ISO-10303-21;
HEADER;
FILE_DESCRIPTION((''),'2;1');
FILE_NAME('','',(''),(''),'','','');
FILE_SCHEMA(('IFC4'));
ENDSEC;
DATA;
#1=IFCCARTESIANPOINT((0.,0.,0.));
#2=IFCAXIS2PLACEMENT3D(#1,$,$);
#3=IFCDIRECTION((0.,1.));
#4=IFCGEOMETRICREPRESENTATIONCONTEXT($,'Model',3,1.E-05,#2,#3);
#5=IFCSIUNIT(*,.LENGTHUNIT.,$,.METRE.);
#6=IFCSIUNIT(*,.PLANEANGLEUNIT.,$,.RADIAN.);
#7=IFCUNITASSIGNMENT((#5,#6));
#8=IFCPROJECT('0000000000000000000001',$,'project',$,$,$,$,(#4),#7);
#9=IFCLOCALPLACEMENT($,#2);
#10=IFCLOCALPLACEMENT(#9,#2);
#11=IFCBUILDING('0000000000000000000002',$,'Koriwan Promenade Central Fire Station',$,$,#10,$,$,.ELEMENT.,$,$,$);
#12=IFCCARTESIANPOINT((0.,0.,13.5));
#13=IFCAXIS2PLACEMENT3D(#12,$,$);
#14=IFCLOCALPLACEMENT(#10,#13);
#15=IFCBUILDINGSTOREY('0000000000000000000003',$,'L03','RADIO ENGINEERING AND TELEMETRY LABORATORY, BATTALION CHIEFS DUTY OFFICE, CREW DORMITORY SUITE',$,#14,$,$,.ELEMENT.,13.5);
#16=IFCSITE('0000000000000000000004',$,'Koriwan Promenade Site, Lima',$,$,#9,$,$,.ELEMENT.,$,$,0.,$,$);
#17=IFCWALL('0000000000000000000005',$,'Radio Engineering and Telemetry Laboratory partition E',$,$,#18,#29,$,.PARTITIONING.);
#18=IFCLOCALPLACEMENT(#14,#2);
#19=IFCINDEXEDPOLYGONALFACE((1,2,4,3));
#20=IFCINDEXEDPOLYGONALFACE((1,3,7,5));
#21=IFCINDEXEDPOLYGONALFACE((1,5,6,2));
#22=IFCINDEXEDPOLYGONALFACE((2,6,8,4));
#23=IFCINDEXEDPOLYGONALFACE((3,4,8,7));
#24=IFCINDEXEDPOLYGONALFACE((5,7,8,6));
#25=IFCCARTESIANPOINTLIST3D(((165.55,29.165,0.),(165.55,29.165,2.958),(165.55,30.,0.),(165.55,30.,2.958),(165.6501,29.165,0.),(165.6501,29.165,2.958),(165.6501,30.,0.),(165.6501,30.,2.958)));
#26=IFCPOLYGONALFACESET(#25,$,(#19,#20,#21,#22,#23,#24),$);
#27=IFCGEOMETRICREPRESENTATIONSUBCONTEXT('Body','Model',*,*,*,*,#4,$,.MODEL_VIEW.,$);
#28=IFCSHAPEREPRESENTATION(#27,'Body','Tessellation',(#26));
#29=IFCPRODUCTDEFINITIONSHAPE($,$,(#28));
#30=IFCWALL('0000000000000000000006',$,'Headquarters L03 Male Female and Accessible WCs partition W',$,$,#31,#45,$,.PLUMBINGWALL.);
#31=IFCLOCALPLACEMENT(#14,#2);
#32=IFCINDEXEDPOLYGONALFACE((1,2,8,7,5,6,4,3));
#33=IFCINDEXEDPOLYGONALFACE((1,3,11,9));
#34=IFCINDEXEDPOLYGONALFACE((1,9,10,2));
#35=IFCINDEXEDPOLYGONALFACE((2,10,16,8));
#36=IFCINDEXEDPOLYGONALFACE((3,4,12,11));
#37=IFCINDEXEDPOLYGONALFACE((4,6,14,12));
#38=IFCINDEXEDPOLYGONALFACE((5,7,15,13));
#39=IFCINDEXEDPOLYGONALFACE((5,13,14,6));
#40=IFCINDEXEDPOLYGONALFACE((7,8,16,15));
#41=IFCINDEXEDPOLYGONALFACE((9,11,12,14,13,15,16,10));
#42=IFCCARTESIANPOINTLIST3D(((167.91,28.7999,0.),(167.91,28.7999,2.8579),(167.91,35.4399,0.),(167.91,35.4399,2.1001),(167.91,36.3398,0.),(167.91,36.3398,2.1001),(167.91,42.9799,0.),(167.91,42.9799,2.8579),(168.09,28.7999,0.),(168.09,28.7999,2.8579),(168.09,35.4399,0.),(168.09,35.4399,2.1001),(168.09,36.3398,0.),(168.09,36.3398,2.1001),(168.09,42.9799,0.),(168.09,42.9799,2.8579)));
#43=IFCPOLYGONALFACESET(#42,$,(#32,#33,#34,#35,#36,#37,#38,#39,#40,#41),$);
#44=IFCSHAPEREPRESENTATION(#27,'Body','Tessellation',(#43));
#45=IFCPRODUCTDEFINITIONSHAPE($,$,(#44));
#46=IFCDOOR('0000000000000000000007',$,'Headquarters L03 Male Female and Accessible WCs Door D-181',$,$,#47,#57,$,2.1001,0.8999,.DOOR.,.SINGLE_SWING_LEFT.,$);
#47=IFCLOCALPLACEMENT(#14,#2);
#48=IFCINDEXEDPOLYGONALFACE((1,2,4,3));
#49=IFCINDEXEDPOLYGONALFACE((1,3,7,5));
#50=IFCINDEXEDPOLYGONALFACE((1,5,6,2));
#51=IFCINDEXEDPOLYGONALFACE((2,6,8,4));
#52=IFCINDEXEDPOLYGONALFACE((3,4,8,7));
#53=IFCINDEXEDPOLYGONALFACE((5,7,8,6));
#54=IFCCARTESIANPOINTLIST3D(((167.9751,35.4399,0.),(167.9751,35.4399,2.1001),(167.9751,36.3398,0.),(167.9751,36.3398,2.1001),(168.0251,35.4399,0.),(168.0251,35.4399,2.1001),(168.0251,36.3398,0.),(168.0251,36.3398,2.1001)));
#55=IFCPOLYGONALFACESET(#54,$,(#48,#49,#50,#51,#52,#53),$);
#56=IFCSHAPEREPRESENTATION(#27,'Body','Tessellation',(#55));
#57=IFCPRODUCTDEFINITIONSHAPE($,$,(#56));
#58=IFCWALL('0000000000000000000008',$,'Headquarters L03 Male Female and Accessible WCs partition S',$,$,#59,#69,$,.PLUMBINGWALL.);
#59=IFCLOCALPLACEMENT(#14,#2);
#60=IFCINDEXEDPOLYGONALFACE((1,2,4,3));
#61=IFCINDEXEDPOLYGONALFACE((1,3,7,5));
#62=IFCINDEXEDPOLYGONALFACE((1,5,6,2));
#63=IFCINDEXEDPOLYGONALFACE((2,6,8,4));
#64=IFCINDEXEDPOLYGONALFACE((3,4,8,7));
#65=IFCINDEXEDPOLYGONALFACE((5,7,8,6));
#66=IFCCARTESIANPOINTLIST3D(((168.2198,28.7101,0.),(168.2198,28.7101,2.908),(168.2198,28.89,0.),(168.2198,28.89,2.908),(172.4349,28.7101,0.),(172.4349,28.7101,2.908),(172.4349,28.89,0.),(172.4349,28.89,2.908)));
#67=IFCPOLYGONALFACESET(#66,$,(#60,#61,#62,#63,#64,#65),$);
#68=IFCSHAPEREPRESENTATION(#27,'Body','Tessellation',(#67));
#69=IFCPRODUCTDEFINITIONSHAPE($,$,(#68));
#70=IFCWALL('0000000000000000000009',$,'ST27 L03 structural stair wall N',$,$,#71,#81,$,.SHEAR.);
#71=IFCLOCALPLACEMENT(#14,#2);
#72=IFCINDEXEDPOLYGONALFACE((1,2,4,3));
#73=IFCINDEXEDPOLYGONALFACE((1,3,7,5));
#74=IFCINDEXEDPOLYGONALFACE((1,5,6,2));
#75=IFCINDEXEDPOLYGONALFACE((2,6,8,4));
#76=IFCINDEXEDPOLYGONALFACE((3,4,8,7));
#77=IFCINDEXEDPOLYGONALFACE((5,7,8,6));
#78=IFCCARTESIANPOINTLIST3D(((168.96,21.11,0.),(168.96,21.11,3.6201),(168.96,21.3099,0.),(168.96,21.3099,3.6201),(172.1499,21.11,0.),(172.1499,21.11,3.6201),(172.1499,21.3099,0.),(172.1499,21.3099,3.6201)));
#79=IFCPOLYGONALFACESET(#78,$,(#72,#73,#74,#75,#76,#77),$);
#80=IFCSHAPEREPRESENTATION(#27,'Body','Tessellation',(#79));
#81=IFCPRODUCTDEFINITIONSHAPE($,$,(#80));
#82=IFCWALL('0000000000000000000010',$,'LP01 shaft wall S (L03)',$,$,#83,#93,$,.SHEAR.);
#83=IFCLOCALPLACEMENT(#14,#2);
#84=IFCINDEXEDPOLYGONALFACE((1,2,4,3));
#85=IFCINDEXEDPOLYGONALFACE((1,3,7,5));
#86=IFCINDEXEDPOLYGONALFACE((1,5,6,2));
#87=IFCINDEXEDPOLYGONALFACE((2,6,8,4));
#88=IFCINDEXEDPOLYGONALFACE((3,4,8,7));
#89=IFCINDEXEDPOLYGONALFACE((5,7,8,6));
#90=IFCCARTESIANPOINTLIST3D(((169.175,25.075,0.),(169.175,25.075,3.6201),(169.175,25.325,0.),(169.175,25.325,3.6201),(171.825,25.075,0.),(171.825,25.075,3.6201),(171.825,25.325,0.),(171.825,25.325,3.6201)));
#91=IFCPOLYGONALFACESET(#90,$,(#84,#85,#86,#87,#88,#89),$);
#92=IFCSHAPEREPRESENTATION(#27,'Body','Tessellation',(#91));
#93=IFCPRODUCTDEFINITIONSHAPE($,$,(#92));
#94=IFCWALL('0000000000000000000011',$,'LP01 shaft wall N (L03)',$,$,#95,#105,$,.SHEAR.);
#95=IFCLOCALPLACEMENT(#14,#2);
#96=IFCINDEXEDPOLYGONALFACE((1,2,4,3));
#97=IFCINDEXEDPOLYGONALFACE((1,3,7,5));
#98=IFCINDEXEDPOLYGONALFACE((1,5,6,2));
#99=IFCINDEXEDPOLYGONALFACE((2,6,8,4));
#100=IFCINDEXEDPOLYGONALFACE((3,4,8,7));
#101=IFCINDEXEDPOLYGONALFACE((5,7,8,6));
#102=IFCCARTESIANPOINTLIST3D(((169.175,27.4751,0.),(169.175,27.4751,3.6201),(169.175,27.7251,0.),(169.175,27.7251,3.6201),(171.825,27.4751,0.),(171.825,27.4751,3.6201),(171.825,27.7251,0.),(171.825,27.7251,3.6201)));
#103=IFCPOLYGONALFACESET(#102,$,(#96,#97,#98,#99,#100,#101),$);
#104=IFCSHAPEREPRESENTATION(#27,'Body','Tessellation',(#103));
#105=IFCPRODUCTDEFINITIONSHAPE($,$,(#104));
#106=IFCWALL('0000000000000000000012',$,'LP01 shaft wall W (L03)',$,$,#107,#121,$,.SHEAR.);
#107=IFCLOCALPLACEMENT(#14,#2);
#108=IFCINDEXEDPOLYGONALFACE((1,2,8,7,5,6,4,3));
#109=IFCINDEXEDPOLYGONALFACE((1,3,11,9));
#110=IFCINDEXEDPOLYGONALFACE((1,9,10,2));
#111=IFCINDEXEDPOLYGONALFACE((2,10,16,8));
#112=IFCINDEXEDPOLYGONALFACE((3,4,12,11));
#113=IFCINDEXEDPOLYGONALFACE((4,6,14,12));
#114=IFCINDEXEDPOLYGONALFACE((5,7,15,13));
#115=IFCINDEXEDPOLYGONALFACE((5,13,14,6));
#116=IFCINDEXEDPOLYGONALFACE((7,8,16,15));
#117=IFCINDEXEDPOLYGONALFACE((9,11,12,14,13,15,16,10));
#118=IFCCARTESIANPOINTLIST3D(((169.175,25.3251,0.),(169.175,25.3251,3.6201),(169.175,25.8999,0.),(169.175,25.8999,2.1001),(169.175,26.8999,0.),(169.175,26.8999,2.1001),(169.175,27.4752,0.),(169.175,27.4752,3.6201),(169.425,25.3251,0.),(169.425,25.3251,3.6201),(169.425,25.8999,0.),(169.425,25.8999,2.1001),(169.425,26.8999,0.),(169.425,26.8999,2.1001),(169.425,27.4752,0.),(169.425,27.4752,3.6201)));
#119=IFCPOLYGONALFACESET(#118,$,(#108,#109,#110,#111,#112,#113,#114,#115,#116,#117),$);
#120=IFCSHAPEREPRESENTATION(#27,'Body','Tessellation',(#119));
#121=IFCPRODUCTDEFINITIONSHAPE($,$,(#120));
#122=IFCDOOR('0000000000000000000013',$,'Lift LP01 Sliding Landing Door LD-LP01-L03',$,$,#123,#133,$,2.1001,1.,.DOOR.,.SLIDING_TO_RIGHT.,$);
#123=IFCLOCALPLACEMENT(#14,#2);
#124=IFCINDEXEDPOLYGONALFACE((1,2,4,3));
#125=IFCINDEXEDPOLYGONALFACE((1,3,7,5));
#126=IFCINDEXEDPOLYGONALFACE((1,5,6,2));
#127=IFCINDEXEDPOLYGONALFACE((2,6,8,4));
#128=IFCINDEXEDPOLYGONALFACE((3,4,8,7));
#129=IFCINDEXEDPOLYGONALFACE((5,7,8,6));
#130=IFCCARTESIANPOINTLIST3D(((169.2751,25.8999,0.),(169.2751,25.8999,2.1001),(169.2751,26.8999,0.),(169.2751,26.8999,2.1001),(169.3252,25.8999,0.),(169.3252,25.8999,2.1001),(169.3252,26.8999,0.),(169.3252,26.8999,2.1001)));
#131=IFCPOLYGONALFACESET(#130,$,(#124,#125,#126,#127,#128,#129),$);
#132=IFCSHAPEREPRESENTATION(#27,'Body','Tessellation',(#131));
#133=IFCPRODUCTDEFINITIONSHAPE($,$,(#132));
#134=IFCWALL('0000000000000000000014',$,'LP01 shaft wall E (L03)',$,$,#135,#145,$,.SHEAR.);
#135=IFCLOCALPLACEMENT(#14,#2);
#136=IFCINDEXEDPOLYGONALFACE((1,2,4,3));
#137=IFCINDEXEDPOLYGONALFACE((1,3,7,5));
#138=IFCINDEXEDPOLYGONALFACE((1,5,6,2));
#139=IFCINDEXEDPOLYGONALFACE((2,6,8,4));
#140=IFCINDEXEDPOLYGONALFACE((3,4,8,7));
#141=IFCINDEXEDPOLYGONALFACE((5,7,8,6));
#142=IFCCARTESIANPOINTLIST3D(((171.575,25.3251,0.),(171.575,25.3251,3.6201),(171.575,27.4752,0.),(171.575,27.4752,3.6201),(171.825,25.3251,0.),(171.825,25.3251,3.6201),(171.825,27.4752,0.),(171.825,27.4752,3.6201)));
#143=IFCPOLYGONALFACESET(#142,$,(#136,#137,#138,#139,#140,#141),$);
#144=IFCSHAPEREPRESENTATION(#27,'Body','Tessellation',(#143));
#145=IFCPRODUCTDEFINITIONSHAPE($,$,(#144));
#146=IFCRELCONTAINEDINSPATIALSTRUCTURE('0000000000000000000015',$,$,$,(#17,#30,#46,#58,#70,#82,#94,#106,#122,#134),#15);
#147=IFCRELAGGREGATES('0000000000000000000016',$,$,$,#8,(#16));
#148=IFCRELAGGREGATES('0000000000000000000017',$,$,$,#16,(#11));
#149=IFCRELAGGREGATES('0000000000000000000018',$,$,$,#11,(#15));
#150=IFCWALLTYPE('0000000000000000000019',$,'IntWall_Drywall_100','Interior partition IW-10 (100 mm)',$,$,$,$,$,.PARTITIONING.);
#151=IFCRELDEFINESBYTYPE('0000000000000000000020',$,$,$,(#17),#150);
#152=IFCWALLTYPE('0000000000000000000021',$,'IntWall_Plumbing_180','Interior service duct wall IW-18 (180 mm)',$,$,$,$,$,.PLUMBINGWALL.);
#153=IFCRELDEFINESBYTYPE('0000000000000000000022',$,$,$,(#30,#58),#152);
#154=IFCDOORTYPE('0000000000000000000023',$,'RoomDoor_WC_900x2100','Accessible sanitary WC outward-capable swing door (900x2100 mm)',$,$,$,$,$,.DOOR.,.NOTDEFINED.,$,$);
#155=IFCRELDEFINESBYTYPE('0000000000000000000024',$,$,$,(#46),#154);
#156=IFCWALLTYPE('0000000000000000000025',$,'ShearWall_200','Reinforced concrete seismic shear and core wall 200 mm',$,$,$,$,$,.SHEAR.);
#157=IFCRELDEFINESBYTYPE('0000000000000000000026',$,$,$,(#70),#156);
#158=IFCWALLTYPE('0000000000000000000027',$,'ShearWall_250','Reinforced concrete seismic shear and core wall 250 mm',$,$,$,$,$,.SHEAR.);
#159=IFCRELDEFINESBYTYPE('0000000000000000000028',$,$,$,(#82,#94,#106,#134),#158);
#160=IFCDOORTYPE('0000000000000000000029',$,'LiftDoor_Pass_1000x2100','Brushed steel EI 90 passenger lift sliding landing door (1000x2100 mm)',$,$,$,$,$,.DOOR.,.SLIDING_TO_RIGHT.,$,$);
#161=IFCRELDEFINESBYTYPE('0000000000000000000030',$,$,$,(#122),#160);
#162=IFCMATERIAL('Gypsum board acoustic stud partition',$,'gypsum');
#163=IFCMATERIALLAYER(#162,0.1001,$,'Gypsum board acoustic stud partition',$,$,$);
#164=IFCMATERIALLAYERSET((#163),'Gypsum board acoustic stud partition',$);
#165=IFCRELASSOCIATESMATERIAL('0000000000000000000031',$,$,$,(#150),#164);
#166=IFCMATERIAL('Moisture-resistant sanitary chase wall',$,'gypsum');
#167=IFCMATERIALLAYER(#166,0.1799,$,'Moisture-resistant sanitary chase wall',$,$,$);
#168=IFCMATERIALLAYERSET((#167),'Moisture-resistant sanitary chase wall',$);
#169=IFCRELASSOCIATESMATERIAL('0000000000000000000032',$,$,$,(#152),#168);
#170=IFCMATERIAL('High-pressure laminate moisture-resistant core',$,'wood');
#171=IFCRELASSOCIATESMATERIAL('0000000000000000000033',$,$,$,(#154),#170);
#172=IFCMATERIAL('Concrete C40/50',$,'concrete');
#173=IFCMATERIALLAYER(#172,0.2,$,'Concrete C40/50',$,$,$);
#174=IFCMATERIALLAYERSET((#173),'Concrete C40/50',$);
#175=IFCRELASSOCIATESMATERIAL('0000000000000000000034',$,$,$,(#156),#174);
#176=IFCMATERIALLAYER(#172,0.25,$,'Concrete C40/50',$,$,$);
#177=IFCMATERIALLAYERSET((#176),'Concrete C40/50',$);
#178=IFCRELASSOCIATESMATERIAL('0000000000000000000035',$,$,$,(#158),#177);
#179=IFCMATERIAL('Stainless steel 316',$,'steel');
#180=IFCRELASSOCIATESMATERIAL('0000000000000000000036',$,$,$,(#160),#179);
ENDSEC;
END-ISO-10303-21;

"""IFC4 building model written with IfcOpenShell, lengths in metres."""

from ifc_helpers import new_model, si_unit, direction, frame, frame_2d, origin, place, context, subcontext, project, spatial, rectangle, extrude, material, layer, layer_set, type_object, element, fill, save


model = new_model("IFC4")

# Units and contexts
model_context = context("Model", 3, precision=1e-05, world=origin(), true_north=direction((0.0, 1.0)))
body_context = subcontext(model_context, "Body", "Model", "MODEL_VIEW")
ifc_project = project(units=[si_unit("LENGTHUNIT", "METRE"), si_unit("PLANEANGLEUNIT", "RADIAN")], contexts=[model_context])

# Site, building, storey
site_placement = place(None, origin())
site = spatial("IfcSite", under=ifc_project, at=site_placement, Name="Koriwan Promenade Site, Lima", CompositionType="ELEMENT", RefElevation=0.0)
building_placement = place(site_placement, origin())
building = spatial("IfcBuilding", under=site, at=building_placement, Name="Koriwan Promenade Central Fire Station", CompositionType="ELEMENT")
storey_placement = place(building_placement, frame((0.0, 0.0, 13.5)))
storey = spatial("IfcBuildingStorey", under=building, at=storey_placement, Name="L03", Description="RADIO ENGINEERING AND TELEMETRY LABORATORY, BATTALION CHIEFS DUTY OFFICE, CREW DORMITORY SUITE", CompositionType="ELEMENT", Elevation=13.5)

# Shared definitions
ifc_material_1 = material(Name="Concrete C40/50", Category="concrete")

# Wall
ifc_material_2 = material(Name="Gypsum board acoustic stud partition", Category="gypsum")
ifc_layer_1 = layer(ifc_material_2, 0.1001, Name="Gypsum board acoustic stud partition")
ifc_layer_set_1 = layer_set([ifc_layer_1], Name="Gypsum board acoustic stud partition")
wall_type_1 = type_object("IfcWallType", Name="IntWall_Drywall_100", Description="Interior partition IW-10 (100 mm)", PredefinedType="PARTITIONING", material=ifc_layer_set_1)
wall_1_placement = place(storey_placement, frame((165.6001, 29.165, 0.0), z_axis=(0.0, 0.0, 1.0), x_axis=(0.0, 1.0, 0.0)))
element("IfcWall", 1, at=wall_1_placement, inside=storey, type_object=wall_type_1, Name="Radio Engineering and Telemetry Laboratory partition E", PredefinedType="PARTITIONING", context=body_context, shape_type="SweptSolid", body=[
    extrude(rectangle(XDim=0.835, YDim=0.1001, at=frame_2d((0.4175, 0.0))), origin(), (0.0, 0.0, 1.0), 2.958),
])

# Wall, opening, door
ifc_material_3 = material(Name="Moisture-resistant sanitary chase wall", Category="gypsum")
ifc_layer_2 = layer(ifc_material_3, 0.1799, Name="Moisture-resistant sanitary chase wall")
ifc_layer_set_2 = layer_set([ifc_layer_2], Name="Moisture-resistant sanitary chase wall")
wall_type_2 = type_object("IfcWallType", Name="IntWall_Plumbing_180", Description="Interior service duct wall IW-18 (180 mm)", PredefinedType="PLUMBINGWALL", material=ifc_layer_set_2)
wall_2_placement = place(storey_placement, frame((168.0, 28.8, 0.0), z_axis=(0.0, 0.0, 1.0), x_axis=(0.0, 1.0, 0.0)))
wall_2 = element("IfcWall", 2, at=wall_2_placement, inside=storey, type_object=wall_type_2, Name="Headquarters L03 Male Female and Accessible WCs partition W", PredefinedType="PLUMBINGWALL", context=body_context, shape_type="SweptSolid", body=[
    extrude(rectangle(XDim=14.1799, YDim=0.1799, at=frame_2d((7.0898, 0.0))), origin(), (0.0, 0.0, 1.0), 2.8579),
])
opening_1_placement = place(wall_2_placement, frame((6.6399, 0.0, 0.0)))
opening_1 = element("IfcOpeningElement", 3, at=opening_1_placement, cuts=wall_2, PredefinedType="OPENING", context=body_context, shape_type="SweptSolid", body=[
    extrude(rectangle(XDim=0.8999, YDim=2.1001, at=frame_2d((0.45, 1.05))), frame((0.0, 0.1021, 0.0), z_axis=(0.0, -1.0, 0.0), x_axis=(1.0, 0.0, 0.0)), (0.0, 0.0, 1.0), 0.2039),
])
ifc_material_4 = material(Name="High-pressure laminate moisture-resistant core", Category="wood")
door_type_1 = type_object("IfcDoorType", Name="RoomDoor_WC_900x2100", Description="Accessible sanitary WC outward-capable swing door (900x2100 mm)", OperationType="NOTDEFINED", PredefinedType="DOOR", material=ifc_material_4)
door_1_placement = place(opening_1_placement, origin())
door_1 = element("IfcDoor", 4, at=door_1_placement, inside=storey, type_object=door_type_1, Name="Headquarters L03 Male Female and Accessible WCs Door D-181", OperationType="SINGLE_SWING_LEFT", OverallHeight=2.1001, OverallWidth=0.8999, PredefinedType="DOOR", context=body_context, shape_type="SweptSolid", body=[
    extrude(rectangle(XDim=0.8999, YDim=2.1001, at=frame_2d((0.45, 1.05))), frame((0.0, 0.0249, 0.0), z_axis=(0.0, -1.0, 0.0), x_axis=(1.0, 0.0, 0.0)), (0.0, 0.0, 1.0), 0.05),
])
fill(opening_1, door_1)

# Walls
wall_3_placement = place(storey_placement, frame((168.22, 28.8, 0.0), z_axis=(0.0, 0.0, 1.0), x_axis=(1.0, 0.0, 0.0)))
element("IfcWall", 5, at=wall_3_placement, inside=storey, type_object=wall_type_2, Name="Headquarters L03 Male Female and Accessible WCs partition S", PredefinedType="PLUMBINGWALL", context=body_context, shape_type="SweptSolid", body=[
    extrude(rectangle(XDim=4.2151, YDim=0.1799, at=frame_2d((2.1074, 0.0))), origin(), (0.0, 0.0, 1.0), 2.908),
])
ifc_layer_3 = layer(ifc_material_1, 0.2, Name="Concrete C40/50")
ifc_layer_set_3 = layer_set([ifc_layer_3], Name="Concrete C40/50")
wall_type_3 = type_object("IfcWallType", Name="ShearWall_200", Description="Reinforced concrete seismic shear and core wall 200 mm", PredefinedType="SHEAR", material=ifc_layer_set_3)
wall_4_placement = place(storey_placement, frame((168.96, 21.21, 0.0), z_axis=(0.0, 0.0, 1.0), x_axis=(1.0, 0.0, 0.0)))
element("IfcWall", 6, at=wall_4_placement, inside=storey, type_object=wall_type_3, Name="ST27 L03 structural stair wall N", PredefinedType="SHEAR", context=body_context, shape_type="SweptSolid", body=[
    extrude(rectangle(XDim=3.1899, YDim=0.2, at=frame_2d((1.595, 0.0))), origin(), (0.0, 0.0, 1.0), 3.6201),
])
ifc_layer_4 = layer(ifc_material_1, 0.25, Name="Concrete C40/50")
ifc_layer_set_4 = layer_set([ifc_layer_4], Name="Concrete C40/50")
wall_type_4 = type_object("IfcWallType", Name="ShearWall_250", Description="Reinforced concrete seismic shear and core wall 250 mm", PredefinedType="SHEAR", material=ifc_layer_set_4)
for number, where, z_axis, x_axis, name in (
    (7, (169.175, 25.2, 0.0), (0.0, 0.0, 1.0), (1.0, 0.0, 0.0), "LP01 shaft wall S (L03)"),
    (8, (169.175, 27.6001, 0.0), (0.0, 0.0, 1.0), (1.0, 0.0, 0.0), "LP01 shaft wall N (L03)"),
):
    element("IfcWall", number, at=place(storey_placement, frame(where, z_axis=z_axis, x_axis=x_axis)), inside=storey, type_object=wall_type_4, Name=name, PredefinedType="SHEAR", context=body_context, shape_type="SweptSolid", body=[
        extrude(rectangle(XDim=2.6499, YDim=0.25, at=frame_2d((1.325, 0.0))), origin(), (0.0, 0.0, 1.0), 3.6201),
    ])

# Wall, opening, door
wall_5_placement = place(storey_placement, frame((169.3, 25.325, 0.0), z_axis=(0.0, 0.0, 1.0), x_axis=(0.0, 1.0, 0.0)))
wall_5 = element("IfcWall", 9, at=wall_5_placement, inside=storey, type_object=wall_type_4, Name="LP01 shaft wall W (L03)", PredefinedType="SHEAR", context=body_context, shape_type="SweptSolid", body=[
    extrude(rectangle(XDim=2.1501, YDim=0.25, at=frame_2d((1.0752, 0.0))), origin(), (0.0, 0.0, 1.0), 3.6201),
])
opening_2_placement = place(wall_5_placement, frame((0.575, 0.0, 0.0)))
opening_2 = element("IfcOpeningElement", 10, at=opening_2_placement, cuts=wall_5, PredefinedType="OPENING", context=body_context, shape_type="SweptSolid", body=[
    extrude(rectangle(XDim=1.0, YDim=2.1001, at=frame_2d((0.5, 1.05))), frame((0.0, 0.137, 0.0), z_axis=(0.0, -1.0, 0.0), x_axis=(1.0, 0.0, 0.0)), (0.0, 0.0, 1.0), 0.2739),
])
ifc_material_5 = material(Name="Stainless steel 316", Category="steel")
door_type_2 = type_object("IfcDoorType", Name="LiftDoor_Pass_1000x2100", Description="Brushed steel EI 90 passenger lift sliding landing door (1000x2100 mm)", OperationType="SLIDING_TO_RIGHT", PredefinedType="DOOR", material=ifc_material_5)
door_2_placement = place(opening_2_placement, origin())
door_2 = element("IfcDoor", 11, at=door_2_placement, inside=storey, type_object=door_type_2, Name="Lift LP01 Sliding Landing Door LD-LP01-L03", OperationType="SLIDING_TO_RIGHT", OverallHeight=2.1001, OverallWidth=1.0, PredefinedType="DOOR", context=body_context, shape_type="SweptSolid", body=[
    extrude(rectangle(XDim=1.0, YDim=2.1001, at=frame_2d((0.5, 1.05))), frame((0.0, 0.0249, 0.0), z_axis=(0.0, -1.0, 0.0), x_axis=(1.0, 0.0, 0.0)), (0.0, 0.0, 1.0), 0.05),
])
fill(opening_2, door_2)

# Wall
wall_6_placement = place(storey_placement, frame((171.7, 25.325, 0.0), z_axis=(0.0, 0.0, 1.0), x_axis=(0.0, 1.0, 0.0)))
element("IfcWall", 12, at=wall_6_placement, inside=storey, type_object=wall_type_4, Name="LP01 shaft wall E (L03)", PredefinedType="SHEAR", context=body_context, shape_type="SweptSolid", body=[
    extrude(rectangle(XDim=2.1501, YDim=0.25, at=frame_2d((1.0752, 0.0))), origin(), (0.0, 0.0, 1.0), 3.6201),
])

save(model, "model.ifc")
